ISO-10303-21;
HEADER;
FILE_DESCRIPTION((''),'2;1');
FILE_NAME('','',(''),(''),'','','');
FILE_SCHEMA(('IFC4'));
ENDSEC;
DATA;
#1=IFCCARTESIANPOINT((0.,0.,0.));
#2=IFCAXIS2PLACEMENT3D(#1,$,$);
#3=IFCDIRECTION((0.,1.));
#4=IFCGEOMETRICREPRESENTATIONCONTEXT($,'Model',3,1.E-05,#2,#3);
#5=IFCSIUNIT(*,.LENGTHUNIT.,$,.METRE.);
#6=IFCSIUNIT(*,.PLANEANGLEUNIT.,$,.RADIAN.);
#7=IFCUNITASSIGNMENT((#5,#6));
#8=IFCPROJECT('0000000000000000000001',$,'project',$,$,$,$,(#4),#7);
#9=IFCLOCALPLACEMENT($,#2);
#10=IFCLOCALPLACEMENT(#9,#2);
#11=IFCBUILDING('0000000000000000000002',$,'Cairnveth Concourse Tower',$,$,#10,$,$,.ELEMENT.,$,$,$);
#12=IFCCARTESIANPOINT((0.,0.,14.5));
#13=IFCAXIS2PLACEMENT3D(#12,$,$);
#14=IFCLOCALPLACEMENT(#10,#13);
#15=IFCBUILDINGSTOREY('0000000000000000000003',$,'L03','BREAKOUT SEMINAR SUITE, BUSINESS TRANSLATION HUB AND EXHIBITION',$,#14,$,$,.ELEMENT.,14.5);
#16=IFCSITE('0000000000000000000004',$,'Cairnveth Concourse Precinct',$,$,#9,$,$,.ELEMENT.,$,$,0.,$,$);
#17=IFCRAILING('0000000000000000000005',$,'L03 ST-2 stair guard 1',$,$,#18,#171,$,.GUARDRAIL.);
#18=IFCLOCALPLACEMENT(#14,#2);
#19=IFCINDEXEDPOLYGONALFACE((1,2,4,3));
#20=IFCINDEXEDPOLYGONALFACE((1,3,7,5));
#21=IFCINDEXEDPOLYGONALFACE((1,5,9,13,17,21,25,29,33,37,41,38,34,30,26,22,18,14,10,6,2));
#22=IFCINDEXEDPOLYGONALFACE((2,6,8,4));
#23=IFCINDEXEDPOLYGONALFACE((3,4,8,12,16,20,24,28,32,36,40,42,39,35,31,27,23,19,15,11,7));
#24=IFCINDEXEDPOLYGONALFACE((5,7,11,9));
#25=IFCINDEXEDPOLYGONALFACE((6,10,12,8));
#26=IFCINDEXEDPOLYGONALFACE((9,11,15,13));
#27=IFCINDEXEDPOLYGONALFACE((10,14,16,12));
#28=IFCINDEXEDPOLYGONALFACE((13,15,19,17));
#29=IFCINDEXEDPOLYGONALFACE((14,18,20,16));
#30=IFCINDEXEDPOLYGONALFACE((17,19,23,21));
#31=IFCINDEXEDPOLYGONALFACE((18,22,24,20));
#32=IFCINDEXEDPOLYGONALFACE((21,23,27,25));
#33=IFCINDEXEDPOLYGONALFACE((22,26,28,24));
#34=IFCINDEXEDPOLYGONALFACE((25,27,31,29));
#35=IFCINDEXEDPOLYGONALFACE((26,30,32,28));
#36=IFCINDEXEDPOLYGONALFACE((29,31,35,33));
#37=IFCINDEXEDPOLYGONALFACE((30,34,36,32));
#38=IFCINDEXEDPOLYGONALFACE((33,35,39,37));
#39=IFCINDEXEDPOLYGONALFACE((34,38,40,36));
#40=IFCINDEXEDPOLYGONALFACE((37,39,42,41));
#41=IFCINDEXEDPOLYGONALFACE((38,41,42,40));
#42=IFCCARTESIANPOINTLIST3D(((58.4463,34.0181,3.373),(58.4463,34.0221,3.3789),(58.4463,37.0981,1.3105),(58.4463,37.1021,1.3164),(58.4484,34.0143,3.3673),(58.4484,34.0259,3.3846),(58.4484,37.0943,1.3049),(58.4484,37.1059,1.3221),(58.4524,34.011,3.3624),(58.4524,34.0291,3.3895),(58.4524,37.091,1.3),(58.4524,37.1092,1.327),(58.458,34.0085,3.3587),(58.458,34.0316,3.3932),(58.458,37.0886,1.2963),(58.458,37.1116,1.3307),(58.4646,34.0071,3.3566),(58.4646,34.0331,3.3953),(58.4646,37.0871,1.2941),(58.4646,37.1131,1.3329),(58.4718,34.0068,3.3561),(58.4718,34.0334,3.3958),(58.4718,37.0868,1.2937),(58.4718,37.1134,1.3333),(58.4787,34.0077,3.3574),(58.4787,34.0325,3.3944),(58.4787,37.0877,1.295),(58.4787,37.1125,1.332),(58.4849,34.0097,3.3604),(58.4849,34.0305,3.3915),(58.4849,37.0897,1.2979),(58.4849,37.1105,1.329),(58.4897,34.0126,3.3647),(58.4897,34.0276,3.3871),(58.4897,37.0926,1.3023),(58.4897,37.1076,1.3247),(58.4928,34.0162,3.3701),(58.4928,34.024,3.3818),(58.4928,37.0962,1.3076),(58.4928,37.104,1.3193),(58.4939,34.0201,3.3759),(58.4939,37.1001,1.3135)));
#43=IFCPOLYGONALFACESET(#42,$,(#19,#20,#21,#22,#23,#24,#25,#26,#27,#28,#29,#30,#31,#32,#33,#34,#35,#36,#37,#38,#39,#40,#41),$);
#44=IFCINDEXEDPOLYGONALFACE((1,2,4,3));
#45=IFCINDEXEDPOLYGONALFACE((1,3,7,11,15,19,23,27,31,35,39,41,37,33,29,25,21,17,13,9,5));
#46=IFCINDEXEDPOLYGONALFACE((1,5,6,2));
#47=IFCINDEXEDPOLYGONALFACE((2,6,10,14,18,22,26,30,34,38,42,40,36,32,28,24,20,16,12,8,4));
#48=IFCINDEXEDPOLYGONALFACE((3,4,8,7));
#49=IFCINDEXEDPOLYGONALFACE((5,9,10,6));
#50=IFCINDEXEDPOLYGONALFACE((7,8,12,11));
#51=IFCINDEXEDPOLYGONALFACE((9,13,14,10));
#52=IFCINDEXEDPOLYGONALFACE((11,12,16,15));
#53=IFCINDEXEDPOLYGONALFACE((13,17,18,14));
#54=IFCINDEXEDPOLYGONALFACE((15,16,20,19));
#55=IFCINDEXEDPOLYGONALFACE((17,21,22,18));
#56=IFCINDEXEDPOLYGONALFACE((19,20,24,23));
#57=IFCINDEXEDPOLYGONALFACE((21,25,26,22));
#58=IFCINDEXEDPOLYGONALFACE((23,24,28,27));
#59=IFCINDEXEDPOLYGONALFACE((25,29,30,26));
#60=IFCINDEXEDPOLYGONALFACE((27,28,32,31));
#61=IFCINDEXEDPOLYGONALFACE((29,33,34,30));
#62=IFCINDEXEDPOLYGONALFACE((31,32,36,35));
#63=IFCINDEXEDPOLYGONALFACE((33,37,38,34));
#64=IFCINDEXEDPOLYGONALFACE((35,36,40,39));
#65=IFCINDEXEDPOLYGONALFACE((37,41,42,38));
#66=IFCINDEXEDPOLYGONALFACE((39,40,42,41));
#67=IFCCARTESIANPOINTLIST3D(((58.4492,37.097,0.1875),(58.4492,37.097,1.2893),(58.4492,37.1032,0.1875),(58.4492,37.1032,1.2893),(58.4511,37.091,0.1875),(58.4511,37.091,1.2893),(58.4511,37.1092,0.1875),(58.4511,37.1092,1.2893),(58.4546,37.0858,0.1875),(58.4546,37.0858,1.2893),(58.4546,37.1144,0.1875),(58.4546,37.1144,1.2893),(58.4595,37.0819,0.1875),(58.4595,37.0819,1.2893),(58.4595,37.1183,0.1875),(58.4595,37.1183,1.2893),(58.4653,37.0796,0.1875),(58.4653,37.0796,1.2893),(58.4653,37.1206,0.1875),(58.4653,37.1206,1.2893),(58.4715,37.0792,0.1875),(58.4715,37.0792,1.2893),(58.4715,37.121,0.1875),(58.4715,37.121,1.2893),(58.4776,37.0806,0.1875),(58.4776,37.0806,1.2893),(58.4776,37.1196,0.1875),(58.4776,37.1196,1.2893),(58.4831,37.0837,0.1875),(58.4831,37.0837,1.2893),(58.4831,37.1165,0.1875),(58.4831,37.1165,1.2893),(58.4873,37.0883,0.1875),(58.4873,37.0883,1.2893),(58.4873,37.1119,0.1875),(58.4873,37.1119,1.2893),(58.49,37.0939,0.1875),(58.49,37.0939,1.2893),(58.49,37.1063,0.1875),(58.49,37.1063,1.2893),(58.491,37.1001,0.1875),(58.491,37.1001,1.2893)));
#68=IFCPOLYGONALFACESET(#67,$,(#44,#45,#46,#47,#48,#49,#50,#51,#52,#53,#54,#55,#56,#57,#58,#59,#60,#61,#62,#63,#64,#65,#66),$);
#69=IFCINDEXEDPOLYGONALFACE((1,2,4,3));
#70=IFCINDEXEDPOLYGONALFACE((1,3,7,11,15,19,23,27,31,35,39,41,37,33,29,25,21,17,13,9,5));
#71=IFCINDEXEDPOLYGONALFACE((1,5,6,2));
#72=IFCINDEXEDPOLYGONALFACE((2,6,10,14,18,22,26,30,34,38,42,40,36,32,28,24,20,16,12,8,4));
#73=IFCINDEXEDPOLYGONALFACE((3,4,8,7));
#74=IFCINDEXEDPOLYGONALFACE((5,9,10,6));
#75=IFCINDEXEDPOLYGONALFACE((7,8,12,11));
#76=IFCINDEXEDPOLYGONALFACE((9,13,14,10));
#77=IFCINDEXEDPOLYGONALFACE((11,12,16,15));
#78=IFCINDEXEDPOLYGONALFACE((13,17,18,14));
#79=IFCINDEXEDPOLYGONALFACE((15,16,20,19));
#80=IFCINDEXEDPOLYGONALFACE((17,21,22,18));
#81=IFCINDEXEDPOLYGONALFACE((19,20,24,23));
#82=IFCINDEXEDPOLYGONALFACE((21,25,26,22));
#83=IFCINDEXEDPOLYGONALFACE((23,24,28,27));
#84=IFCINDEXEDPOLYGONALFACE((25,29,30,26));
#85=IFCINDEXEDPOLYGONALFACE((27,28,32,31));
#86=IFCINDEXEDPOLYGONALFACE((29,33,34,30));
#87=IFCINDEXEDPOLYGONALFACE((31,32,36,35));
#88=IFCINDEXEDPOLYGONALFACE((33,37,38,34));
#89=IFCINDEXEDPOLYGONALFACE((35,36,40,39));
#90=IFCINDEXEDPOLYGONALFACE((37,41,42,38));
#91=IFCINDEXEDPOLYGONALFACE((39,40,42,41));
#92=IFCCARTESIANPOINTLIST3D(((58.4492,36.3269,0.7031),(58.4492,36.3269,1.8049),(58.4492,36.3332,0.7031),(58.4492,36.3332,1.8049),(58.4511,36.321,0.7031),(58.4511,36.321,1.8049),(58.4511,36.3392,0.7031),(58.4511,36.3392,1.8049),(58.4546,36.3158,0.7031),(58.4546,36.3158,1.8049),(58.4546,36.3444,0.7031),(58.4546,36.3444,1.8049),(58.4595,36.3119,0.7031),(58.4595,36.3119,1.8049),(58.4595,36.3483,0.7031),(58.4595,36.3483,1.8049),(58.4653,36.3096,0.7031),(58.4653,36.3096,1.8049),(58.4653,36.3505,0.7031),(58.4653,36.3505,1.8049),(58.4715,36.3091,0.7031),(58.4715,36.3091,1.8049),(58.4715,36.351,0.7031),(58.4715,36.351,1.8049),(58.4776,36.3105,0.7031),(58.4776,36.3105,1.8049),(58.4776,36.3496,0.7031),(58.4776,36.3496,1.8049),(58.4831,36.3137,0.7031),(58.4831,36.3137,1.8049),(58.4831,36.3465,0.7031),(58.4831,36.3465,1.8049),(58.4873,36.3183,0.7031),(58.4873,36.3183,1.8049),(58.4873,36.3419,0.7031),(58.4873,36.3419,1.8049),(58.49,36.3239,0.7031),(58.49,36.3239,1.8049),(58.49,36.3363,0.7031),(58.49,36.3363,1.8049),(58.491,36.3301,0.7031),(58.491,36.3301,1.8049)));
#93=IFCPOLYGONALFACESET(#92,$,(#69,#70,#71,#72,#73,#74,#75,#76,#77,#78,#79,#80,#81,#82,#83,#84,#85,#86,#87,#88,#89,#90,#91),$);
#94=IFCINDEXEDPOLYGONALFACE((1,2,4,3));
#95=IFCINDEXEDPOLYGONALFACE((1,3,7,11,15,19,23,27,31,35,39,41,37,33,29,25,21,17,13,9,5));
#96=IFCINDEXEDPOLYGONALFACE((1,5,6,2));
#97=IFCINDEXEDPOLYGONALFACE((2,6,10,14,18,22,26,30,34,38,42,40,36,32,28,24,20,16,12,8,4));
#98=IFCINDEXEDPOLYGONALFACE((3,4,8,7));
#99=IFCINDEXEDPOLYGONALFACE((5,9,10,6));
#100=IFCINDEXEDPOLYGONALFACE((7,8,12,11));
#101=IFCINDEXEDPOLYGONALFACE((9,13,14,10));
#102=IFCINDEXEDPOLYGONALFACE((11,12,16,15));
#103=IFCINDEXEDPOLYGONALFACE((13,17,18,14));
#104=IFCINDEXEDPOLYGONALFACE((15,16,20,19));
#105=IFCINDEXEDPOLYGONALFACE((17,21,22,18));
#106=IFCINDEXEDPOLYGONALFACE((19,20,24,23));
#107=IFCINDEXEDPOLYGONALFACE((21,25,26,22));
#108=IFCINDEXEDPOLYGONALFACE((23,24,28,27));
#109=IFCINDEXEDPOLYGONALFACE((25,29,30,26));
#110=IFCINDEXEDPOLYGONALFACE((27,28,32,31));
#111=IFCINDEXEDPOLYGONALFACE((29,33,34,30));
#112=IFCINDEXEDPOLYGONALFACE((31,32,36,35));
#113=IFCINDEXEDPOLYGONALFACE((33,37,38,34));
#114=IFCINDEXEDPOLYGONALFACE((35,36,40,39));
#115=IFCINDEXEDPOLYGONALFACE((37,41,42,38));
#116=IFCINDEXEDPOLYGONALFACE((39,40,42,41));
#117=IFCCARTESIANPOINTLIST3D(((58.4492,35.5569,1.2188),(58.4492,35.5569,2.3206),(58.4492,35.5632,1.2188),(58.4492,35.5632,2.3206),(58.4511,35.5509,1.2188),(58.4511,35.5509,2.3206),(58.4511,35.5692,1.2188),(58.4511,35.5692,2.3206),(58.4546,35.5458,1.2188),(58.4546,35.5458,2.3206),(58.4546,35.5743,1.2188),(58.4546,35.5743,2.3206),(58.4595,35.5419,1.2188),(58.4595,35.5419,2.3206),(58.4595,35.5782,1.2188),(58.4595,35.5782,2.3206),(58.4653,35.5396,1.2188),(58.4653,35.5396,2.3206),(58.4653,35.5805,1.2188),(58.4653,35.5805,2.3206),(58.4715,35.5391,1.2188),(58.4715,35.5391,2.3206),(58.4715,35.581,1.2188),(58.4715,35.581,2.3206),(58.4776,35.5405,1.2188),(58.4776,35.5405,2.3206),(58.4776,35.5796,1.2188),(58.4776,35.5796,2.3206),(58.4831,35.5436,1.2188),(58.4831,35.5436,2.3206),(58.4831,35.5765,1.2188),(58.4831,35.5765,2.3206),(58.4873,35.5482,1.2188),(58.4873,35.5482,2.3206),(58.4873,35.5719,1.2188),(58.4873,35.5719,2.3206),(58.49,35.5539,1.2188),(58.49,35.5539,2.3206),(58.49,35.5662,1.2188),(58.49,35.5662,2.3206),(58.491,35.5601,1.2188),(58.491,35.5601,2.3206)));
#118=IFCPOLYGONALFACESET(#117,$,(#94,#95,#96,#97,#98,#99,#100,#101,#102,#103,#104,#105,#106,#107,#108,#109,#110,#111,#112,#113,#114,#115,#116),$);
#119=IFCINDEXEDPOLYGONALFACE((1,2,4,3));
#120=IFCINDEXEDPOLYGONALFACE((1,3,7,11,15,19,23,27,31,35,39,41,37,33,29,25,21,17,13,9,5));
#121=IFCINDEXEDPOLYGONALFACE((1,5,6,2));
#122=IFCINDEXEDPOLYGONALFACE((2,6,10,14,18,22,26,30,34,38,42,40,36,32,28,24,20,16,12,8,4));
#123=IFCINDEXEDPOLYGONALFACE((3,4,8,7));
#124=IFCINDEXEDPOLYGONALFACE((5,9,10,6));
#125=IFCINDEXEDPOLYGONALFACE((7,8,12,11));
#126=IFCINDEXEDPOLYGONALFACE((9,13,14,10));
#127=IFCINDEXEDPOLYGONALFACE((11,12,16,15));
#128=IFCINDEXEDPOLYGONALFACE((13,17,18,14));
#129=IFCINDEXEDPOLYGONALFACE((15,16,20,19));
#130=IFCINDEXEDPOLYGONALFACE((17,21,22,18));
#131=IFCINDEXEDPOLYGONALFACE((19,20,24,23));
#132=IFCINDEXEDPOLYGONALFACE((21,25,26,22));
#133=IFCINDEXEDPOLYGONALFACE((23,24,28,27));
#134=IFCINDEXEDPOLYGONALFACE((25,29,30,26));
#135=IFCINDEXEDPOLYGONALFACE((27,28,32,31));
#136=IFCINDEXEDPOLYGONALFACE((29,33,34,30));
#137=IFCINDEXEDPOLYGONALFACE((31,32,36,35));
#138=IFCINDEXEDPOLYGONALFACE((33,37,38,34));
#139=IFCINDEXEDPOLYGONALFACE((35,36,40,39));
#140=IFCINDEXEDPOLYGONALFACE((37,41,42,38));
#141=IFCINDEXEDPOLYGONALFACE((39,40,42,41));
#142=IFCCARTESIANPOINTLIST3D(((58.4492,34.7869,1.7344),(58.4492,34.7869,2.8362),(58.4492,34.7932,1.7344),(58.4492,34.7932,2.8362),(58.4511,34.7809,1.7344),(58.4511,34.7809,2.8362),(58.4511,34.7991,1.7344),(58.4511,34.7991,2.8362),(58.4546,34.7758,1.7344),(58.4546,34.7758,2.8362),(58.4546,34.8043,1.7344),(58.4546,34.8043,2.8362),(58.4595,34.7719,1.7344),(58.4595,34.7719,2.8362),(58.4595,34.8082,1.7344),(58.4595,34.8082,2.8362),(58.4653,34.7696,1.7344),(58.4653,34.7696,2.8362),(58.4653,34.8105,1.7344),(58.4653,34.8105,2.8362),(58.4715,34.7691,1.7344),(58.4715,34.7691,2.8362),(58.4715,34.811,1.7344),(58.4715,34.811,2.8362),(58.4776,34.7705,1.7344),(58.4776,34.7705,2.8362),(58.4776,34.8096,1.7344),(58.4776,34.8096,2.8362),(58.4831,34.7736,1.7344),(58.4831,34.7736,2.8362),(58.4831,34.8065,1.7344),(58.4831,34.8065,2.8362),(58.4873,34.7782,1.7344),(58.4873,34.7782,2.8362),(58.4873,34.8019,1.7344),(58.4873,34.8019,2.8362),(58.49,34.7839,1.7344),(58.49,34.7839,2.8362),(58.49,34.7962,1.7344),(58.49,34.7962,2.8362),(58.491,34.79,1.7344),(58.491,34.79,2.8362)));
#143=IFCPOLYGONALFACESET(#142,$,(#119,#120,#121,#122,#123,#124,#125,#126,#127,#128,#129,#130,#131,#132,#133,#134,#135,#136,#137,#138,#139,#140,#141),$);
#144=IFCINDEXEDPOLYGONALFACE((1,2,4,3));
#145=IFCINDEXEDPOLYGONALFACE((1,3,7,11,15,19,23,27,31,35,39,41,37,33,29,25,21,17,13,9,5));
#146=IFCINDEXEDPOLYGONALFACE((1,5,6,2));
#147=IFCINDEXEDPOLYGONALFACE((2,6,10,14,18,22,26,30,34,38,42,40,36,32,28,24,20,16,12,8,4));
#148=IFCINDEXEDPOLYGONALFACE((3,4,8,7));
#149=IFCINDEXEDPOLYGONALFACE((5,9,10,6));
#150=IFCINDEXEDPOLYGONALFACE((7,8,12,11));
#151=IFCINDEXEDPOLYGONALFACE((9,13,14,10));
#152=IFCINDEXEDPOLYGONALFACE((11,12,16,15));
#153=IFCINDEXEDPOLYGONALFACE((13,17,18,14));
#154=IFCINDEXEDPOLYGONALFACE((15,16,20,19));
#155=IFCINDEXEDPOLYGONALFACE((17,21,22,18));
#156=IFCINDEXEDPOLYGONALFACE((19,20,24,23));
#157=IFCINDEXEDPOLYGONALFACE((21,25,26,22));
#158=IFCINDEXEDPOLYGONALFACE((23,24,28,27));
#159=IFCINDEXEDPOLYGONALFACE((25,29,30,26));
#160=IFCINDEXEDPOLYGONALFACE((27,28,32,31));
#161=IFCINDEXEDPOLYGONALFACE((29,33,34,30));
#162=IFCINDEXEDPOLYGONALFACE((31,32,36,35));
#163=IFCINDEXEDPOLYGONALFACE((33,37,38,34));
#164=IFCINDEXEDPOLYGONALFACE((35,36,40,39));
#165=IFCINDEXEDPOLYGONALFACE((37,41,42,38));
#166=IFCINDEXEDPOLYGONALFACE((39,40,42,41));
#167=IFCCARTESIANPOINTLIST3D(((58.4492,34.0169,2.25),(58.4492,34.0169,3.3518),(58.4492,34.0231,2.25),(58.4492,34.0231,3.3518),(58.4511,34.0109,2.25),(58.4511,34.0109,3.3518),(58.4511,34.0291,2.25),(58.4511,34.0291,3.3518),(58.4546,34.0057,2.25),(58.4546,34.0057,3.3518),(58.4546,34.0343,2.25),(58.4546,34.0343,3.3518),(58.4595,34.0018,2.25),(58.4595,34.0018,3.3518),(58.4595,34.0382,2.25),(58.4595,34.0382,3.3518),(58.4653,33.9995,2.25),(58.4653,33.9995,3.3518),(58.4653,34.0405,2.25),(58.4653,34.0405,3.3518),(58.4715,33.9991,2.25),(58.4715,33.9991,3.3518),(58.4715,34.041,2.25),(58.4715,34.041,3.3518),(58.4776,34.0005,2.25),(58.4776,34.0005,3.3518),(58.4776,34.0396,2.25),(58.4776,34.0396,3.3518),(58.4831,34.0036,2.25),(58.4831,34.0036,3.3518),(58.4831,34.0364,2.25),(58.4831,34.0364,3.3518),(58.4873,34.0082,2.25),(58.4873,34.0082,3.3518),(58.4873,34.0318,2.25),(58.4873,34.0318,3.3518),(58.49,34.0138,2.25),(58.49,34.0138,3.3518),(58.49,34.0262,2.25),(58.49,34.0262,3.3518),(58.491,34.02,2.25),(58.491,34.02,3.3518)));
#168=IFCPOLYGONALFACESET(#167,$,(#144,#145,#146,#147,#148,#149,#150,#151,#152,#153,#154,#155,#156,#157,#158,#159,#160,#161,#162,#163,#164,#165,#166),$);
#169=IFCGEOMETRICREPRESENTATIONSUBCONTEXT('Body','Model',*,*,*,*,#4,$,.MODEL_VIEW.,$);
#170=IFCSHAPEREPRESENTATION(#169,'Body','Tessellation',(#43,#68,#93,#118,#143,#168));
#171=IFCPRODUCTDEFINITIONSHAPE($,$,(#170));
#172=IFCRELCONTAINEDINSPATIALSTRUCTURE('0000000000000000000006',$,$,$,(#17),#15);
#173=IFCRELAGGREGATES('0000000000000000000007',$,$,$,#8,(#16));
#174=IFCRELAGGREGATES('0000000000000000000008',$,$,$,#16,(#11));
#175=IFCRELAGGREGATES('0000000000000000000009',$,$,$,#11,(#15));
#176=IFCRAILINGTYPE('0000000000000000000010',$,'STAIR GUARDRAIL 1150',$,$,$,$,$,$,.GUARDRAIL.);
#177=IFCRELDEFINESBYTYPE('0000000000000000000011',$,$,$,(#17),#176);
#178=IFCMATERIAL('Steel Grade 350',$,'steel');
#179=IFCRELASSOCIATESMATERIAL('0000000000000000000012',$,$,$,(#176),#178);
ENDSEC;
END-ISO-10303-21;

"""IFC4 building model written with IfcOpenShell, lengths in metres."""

from ifc_helpers import new_model, si_unit, direction, frame, origin, origin_2d, place, context, subcontext, project, spatial, circle, extrude, material, type_object, element, save


model = new_model("IFC4")

# Units and contexts
model_context = context("Model", 3, precision=1e-05, world=origin(), true_north=direction((0.0, 1.0)))
body_context = subcontext(model_context, "Body", "Model", "MODEL_VIEW")
ifc_project = project(units=[si_unit("LENGTHUNIT", "METRE"), si_unit("PLANEANGLEUNIT", "RADIAN")], contexts=[model_context])

# Site, building, storey
site_placement = place(None, origin())
site = spatial("IfcSite", under=ifc_project, at=site_placement, Name="Cairnveth Concourse Precinct", CompositionType="ELEMENT", RefElevation=0.0)
building_placement = place(site_placement, origin())
building = spatial("IfcBuilding", under=site, at=building_placement, Name="Cairnveth Concourse Tower", CompositionType="ELEMENT")
storey_placement = place(building_placement, frame((0.0, 0.0, 14.5)))
storey = spatial("IfcBuildingStorey", under=building, at=storey_placement, Name="L03", Description="BREAKOUT SEMINAR SUITE, BUSINESS TRANSLATION HUB AND EXHIBITION", CompositionType="ELEMENT", Elevation=14.5)

# Shared definitions
ifc_material_1 = material(Name="Steel Grade 350", Category="steel")

# Railing
railing_type_1 = type_object("IfcRailingType", Name="STAIR GUARDRAIL 1150", PredefinedType="GUARDRAIL", material=ifc_material_1)
railing_1_placement = place(storey_placement, frame((58.47, 37.1001, 0.1875)))
element("IfcRailing", 1, at=railing_1_placement, inside=storey, type_object=railing_type_1, Name="L03 ST-2 stair guard 1", PredefinedType="GUARDRAIL", context=body_context, shape_type="SweptSolid", body=[
    extrude(circle(Radius=0.0239, at=origin_2d()), frame((0.0, 0.0, 1.126), z_axis=(0.0, -0.830914, 0.556401), x_axis=(1.0, 0.0, 0.0)), (0.0, 0.0, 1.0), 3.7068),
    extrude(circle(Radius=0.021, at=origin_2d()), origin(), (0.0, 0.0, 1.0), 1.1018),
    extrude(circle(Radius=0.021, at=origin_2d()), frame((0.0, -0.77, 0.5156)), (0.0, 0.0, 1.0), 1.1018),
    extrude(circle(Radius=0.021, at=origin_2d()), frame((0.0, -1.54, 1.0312)), (0.0, 0.0, 1.0), 1.1018),
    extrude(circle(Radius=0.021, at=origin_2d()), frame((0.0, -2.3101, 1.5469)), (0.0, 0.0, 1.0), 1.1018),
    extrude(circle(Radius=0.021, at=origin_2d()), frame((0.0, -3.0801, 2.0625)), (0.0, 0.0, 1.0), 1.1018),
])

save(model, "model.ifc")
